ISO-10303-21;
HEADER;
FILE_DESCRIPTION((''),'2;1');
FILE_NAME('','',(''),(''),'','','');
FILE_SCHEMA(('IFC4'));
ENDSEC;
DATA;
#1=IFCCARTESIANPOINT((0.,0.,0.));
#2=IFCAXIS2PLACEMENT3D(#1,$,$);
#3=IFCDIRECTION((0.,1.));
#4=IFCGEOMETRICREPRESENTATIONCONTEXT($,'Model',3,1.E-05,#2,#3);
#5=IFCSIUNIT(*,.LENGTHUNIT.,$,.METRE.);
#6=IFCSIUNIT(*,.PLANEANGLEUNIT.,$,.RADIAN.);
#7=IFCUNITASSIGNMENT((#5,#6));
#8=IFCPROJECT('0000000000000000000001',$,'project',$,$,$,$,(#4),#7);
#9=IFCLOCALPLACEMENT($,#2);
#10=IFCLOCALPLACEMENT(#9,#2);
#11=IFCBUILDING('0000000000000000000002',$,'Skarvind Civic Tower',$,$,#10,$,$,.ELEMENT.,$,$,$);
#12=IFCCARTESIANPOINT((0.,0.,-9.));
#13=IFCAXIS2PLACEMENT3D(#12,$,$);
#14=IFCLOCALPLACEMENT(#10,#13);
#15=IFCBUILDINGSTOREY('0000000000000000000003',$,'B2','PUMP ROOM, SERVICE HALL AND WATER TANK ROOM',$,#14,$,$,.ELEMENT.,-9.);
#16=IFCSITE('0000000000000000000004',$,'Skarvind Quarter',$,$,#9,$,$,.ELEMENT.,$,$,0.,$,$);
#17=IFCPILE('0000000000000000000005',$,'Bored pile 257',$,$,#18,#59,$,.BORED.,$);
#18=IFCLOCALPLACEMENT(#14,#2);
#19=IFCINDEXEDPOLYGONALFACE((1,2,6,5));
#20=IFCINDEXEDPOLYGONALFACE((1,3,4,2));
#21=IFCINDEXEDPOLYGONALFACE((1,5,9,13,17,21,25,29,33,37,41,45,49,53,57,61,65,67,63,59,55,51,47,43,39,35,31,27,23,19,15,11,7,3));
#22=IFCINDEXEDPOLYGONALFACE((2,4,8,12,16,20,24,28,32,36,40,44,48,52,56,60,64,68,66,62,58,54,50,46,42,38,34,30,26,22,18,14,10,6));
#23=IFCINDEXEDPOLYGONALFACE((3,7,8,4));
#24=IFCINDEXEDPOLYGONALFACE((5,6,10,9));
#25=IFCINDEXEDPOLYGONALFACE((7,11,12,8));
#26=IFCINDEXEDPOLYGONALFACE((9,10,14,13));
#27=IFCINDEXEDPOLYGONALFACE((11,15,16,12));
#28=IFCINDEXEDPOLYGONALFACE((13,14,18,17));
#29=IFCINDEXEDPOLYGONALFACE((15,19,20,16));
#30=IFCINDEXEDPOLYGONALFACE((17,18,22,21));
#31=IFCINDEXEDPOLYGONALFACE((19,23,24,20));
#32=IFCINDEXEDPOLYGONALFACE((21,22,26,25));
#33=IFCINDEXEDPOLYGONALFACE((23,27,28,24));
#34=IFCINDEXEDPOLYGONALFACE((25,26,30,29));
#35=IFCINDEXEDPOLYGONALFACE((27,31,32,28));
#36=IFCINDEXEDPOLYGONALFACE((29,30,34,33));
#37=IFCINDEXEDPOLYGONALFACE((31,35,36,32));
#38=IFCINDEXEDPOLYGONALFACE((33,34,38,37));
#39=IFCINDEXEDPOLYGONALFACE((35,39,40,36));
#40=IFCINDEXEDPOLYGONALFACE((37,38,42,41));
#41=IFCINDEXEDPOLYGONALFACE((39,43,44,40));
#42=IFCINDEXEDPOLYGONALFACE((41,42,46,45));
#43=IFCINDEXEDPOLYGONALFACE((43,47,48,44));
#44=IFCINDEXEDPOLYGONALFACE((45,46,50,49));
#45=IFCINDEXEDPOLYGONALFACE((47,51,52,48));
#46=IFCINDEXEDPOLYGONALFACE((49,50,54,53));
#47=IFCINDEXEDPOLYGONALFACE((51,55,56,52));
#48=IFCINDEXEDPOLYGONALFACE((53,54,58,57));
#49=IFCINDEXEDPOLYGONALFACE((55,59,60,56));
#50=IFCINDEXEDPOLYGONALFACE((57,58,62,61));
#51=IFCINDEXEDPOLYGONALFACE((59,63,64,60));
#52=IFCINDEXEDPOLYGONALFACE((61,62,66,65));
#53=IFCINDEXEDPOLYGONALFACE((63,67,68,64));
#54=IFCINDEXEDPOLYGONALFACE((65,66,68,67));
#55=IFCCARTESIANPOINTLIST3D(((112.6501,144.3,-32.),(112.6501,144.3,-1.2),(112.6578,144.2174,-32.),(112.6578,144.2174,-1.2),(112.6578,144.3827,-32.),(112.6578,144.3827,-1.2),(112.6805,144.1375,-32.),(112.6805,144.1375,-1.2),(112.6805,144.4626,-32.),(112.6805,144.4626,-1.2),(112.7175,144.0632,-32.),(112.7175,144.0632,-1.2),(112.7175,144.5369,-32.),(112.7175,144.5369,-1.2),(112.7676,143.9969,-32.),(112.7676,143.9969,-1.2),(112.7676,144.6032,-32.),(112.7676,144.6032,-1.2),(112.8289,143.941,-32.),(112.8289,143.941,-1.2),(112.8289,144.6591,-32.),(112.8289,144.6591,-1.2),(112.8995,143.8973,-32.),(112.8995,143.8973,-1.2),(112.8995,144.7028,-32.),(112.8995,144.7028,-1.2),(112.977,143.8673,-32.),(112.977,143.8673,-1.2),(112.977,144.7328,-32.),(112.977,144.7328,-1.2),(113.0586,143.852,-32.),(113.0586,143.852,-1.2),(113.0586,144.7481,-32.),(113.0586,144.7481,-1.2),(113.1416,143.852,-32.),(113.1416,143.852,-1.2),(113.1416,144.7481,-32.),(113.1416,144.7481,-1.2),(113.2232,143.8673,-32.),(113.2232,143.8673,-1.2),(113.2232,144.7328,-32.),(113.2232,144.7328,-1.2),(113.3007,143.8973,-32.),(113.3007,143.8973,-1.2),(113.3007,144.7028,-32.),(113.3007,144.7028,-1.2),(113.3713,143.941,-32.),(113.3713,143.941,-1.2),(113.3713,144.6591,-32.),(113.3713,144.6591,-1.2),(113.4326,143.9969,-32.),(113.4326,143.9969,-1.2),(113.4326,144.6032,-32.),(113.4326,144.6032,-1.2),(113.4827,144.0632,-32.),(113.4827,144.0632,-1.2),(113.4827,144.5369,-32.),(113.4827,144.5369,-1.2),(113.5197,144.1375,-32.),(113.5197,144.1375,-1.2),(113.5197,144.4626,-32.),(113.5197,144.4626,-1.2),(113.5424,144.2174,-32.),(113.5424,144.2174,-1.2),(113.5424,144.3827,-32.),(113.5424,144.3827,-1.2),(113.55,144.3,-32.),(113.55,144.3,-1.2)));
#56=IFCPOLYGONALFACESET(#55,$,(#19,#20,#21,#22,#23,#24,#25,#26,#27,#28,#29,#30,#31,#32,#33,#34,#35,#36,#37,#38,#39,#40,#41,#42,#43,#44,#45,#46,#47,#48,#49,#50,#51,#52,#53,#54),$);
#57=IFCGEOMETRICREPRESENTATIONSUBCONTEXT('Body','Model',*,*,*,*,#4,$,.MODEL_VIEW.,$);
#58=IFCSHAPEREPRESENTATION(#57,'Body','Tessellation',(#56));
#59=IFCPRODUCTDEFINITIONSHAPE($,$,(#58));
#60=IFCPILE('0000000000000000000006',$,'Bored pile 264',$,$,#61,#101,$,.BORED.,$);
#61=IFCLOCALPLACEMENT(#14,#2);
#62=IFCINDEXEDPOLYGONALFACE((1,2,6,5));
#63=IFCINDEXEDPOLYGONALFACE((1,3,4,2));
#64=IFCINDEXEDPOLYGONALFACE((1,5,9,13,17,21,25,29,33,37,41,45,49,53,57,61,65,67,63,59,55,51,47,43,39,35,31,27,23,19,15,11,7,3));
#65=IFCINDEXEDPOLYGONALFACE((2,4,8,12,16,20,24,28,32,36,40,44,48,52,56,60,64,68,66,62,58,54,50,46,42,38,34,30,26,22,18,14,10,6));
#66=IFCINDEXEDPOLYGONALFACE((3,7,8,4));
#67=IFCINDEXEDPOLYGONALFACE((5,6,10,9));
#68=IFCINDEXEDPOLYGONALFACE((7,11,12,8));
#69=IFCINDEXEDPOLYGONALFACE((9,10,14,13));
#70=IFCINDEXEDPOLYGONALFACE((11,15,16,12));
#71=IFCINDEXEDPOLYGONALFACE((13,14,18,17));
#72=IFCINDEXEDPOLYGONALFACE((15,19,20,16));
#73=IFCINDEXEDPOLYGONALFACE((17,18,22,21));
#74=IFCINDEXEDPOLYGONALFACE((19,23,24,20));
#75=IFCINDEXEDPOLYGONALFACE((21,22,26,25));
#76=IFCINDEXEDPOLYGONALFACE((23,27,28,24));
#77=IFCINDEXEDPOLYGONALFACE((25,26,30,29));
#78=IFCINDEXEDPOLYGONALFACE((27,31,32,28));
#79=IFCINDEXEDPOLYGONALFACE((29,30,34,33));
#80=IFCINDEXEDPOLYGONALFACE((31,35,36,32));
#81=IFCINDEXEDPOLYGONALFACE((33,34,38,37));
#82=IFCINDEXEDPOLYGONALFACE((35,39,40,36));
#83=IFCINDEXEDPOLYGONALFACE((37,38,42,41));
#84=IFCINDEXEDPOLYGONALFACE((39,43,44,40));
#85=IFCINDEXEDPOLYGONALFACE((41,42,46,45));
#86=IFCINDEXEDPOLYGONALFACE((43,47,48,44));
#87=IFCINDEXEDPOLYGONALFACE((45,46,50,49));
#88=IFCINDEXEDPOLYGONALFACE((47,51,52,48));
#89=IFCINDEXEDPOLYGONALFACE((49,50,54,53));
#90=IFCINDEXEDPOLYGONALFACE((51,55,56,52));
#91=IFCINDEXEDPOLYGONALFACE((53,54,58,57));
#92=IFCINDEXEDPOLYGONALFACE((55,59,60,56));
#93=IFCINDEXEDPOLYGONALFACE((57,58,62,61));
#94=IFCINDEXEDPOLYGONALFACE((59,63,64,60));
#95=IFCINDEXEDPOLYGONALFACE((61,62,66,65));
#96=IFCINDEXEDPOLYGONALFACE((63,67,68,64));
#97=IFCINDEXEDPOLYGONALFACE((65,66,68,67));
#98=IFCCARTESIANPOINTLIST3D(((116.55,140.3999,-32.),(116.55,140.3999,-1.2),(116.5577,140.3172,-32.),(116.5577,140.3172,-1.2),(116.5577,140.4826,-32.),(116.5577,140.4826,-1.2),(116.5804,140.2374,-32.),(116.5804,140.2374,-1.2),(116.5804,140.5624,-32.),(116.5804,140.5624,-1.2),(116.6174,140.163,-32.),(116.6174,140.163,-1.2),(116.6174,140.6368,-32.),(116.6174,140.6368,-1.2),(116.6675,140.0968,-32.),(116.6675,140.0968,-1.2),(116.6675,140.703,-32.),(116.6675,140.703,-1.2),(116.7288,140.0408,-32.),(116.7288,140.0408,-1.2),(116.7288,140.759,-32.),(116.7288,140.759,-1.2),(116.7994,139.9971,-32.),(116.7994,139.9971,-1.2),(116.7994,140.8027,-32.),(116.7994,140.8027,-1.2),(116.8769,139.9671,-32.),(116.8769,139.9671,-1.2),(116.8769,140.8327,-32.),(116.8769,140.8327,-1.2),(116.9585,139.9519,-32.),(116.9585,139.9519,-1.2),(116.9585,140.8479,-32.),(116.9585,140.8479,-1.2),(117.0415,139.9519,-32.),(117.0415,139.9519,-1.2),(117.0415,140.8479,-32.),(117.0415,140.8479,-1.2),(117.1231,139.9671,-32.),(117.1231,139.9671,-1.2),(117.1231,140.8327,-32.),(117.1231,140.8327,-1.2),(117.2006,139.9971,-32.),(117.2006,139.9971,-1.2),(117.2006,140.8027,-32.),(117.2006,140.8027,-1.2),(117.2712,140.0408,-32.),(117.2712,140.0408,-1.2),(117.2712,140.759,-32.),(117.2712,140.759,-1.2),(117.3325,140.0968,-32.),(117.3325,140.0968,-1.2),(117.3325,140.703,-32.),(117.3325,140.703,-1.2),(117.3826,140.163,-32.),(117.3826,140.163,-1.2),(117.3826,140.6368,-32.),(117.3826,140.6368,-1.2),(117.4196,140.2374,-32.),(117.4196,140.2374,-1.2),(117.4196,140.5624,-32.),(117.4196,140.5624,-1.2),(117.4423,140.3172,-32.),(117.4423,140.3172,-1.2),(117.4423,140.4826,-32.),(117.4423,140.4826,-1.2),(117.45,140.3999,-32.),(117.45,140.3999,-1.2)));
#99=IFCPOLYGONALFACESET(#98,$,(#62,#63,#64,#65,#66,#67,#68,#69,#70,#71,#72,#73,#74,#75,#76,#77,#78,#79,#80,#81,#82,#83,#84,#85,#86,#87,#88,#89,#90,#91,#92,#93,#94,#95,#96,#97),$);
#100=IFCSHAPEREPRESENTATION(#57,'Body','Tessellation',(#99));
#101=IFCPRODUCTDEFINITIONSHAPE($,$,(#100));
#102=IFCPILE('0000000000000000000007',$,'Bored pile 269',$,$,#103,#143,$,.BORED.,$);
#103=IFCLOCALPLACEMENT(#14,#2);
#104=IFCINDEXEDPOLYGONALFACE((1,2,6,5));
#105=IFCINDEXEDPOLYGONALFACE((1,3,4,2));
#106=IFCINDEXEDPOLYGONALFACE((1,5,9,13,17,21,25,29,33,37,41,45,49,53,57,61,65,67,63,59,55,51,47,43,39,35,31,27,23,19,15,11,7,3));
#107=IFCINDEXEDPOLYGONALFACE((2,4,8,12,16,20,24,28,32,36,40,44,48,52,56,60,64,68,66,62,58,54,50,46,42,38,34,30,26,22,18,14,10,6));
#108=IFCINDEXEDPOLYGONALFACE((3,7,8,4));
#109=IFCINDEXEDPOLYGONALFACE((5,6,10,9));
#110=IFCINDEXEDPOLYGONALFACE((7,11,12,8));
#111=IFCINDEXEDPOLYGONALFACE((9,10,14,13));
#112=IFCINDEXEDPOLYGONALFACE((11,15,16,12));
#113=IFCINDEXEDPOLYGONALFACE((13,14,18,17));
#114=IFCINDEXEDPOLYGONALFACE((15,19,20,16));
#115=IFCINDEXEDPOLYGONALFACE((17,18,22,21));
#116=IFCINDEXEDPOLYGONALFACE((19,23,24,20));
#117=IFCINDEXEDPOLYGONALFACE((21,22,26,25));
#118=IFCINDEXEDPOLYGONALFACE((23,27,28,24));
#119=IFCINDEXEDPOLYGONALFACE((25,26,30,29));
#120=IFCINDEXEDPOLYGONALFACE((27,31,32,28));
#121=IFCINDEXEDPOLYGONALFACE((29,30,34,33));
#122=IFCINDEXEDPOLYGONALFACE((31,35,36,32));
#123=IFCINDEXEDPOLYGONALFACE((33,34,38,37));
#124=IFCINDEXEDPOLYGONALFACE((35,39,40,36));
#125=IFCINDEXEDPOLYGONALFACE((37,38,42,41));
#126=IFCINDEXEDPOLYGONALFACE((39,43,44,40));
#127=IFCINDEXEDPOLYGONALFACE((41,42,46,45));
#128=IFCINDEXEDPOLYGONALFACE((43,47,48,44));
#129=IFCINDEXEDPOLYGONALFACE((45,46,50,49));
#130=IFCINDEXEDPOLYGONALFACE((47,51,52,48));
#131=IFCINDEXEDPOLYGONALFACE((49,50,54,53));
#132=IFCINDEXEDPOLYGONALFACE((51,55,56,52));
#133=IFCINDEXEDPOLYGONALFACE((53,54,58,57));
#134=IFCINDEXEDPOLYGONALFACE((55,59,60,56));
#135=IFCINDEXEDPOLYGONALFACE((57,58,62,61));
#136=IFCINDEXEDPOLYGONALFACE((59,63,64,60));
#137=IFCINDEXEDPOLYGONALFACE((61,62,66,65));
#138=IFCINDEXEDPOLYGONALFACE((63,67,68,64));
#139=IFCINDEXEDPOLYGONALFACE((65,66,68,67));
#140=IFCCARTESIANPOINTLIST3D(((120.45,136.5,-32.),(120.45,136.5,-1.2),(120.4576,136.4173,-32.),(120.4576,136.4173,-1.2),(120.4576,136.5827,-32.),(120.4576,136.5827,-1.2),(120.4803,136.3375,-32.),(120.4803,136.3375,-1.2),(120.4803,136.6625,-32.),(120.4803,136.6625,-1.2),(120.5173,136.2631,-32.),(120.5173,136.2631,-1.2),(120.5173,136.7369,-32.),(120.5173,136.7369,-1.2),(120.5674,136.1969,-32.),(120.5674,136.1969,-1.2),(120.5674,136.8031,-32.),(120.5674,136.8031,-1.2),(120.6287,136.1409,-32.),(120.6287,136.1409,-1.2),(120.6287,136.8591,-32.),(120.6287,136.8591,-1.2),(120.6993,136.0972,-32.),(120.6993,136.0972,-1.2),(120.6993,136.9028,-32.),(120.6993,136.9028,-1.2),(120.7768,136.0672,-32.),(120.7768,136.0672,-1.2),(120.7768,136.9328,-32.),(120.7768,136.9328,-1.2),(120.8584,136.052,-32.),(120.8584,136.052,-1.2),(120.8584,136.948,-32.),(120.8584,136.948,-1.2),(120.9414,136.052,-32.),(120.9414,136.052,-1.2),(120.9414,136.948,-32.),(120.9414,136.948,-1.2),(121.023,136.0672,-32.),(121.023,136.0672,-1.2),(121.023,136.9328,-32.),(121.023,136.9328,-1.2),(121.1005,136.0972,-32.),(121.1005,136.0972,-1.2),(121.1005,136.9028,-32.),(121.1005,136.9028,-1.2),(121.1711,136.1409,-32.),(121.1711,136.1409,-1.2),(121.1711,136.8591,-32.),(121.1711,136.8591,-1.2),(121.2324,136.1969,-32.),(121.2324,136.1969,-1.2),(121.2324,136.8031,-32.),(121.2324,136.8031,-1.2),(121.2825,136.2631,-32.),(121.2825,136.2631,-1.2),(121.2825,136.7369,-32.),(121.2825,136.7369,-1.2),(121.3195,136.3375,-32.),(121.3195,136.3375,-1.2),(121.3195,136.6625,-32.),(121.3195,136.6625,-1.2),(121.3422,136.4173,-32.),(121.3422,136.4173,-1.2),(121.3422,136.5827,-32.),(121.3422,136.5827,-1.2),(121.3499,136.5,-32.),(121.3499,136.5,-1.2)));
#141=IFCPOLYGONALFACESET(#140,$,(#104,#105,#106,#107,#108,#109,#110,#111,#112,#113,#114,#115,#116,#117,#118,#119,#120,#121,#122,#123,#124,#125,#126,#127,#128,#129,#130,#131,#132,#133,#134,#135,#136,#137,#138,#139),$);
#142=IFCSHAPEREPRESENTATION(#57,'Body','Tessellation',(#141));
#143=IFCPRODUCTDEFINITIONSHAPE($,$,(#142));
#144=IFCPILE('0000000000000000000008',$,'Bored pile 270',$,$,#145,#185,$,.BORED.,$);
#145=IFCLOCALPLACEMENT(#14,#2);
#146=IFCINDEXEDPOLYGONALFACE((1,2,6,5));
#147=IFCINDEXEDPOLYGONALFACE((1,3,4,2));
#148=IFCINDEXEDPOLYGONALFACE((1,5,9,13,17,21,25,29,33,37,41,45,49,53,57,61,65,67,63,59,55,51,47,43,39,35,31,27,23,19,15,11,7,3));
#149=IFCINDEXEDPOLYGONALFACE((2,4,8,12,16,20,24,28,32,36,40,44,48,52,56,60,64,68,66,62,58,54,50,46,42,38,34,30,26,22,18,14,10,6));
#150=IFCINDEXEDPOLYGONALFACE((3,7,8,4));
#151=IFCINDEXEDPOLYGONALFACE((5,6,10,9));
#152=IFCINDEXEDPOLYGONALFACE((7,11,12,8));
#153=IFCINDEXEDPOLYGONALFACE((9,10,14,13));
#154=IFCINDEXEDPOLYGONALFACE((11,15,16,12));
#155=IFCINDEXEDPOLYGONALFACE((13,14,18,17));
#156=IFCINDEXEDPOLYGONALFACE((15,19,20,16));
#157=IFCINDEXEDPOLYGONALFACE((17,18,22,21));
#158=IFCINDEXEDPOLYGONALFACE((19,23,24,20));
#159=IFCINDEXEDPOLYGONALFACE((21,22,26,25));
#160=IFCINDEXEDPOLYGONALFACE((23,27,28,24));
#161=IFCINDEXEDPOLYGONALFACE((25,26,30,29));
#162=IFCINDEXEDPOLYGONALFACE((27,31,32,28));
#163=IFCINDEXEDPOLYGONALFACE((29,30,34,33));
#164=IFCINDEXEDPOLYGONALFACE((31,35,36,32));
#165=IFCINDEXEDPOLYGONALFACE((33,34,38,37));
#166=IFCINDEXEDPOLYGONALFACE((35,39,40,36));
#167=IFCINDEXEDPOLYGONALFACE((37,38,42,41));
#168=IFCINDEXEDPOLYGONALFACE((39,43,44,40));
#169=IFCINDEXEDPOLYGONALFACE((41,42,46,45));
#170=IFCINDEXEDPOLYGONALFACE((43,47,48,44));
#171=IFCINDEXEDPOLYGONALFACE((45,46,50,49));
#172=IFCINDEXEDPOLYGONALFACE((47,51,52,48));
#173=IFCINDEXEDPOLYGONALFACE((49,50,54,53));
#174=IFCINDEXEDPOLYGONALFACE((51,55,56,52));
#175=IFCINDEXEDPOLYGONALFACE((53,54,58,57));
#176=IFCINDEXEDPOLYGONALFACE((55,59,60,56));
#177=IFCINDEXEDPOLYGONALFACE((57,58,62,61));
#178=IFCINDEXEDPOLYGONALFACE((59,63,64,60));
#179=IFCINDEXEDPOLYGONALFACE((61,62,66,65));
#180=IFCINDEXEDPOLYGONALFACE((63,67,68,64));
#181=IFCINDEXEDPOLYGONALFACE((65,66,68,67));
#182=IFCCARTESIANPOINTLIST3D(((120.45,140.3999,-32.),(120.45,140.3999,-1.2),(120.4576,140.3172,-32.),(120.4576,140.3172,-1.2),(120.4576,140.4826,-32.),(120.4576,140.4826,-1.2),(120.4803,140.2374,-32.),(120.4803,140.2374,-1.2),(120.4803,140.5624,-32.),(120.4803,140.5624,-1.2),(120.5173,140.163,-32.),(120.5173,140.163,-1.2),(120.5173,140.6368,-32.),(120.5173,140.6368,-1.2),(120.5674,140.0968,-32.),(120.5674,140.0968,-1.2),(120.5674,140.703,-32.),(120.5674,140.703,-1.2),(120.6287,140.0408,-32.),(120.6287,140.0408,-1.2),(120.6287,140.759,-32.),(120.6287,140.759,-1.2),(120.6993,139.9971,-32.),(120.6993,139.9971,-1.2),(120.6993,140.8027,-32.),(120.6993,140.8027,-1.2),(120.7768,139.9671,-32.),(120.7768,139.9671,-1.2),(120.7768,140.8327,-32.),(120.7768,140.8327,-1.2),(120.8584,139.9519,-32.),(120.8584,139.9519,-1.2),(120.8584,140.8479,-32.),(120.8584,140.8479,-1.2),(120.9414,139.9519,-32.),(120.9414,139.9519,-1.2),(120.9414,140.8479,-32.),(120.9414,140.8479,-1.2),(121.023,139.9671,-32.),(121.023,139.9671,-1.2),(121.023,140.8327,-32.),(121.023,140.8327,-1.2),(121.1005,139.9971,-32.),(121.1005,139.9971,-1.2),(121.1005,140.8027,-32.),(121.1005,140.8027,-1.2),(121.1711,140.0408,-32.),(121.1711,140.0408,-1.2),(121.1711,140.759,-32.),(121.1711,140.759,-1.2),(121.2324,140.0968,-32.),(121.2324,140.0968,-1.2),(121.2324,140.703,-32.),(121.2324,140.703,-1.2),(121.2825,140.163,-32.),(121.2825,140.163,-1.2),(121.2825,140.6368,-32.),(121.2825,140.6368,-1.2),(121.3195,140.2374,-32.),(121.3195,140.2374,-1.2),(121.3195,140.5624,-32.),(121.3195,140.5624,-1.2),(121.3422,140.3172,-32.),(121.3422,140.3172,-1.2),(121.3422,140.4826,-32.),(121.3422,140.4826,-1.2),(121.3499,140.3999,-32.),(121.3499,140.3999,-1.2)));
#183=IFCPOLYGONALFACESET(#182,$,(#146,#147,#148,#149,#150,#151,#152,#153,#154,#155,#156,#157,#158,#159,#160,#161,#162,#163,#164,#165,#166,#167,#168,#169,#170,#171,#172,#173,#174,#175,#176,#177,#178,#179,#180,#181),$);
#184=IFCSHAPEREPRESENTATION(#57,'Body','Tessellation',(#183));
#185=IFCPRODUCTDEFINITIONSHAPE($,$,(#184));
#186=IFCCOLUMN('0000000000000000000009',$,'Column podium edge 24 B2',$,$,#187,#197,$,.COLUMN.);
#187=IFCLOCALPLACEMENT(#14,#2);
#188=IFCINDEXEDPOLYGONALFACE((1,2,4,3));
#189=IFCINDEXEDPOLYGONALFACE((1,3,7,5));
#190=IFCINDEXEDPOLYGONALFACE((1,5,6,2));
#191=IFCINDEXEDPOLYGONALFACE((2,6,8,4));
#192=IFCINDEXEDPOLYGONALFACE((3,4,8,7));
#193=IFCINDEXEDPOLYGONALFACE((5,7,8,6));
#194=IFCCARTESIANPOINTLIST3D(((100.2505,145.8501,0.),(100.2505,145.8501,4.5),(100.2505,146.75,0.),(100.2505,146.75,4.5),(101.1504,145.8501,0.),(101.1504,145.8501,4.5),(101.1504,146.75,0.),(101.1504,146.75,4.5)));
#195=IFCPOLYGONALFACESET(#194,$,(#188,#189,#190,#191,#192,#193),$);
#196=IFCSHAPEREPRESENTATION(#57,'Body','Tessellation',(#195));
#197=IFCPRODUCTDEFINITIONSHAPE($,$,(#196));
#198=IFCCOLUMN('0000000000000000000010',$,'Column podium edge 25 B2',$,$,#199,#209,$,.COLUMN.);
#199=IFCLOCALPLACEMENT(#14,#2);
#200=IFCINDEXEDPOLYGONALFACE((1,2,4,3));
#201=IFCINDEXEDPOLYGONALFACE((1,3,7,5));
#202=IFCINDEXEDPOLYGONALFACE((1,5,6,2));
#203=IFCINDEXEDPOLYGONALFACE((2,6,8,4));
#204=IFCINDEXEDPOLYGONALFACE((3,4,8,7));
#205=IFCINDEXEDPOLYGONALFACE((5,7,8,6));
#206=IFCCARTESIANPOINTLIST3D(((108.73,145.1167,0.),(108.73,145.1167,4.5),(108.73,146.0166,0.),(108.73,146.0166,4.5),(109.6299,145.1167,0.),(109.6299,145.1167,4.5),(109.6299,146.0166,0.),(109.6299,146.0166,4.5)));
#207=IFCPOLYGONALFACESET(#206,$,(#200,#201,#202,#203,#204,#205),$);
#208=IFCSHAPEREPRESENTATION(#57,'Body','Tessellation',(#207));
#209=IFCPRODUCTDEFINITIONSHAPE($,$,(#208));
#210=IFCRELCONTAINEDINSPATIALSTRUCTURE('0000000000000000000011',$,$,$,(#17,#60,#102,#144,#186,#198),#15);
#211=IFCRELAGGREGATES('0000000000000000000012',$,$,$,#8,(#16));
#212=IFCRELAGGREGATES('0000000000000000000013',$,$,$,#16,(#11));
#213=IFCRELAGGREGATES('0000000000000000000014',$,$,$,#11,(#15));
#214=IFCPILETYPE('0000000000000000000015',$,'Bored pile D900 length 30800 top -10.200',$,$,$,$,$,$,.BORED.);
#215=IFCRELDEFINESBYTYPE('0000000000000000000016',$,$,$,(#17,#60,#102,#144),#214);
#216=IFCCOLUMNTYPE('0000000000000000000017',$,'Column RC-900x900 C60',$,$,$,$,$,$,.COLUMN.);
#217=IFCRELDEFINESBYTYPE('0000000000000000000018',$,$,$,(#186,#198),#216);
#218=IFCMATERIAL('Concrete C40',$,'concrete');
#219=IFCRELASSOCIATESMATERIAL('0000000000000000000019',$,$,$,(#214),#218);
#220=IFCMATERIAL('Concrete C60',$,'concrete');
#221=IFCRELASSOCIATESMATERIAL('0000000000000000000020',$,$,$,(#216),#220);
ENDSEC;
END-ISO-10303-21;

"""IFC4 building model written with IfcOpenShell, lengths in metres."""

from ifc_helpers import new_model, si_unit, direction, frame, origin, origin_2d, place, context, subcontext, project, spatial, rectangle, circle, extrude, material, material_profile, profile_set, type_object, element, save


model = new_model("IFC4")

# Units and contexts
model_context = context("Model", 3, precision=1e-05, world=origin(), true_north=direction((0.0, 1.0)))
body_context = subcontext(model_context, "Body", "Model", "MODEL_VIEW")
ifc_project = project(units=[si_unit("LENGTHUNIT", "METRE"), si_unit("PLANEANGLEUNIT", "RADIAN")], contexts=[model_context])

# Site, building, storey
site_placement = place(None, origin())
site = spatial("IfcSite", under=ifc_project, at=site_placement, Name="Skarvind Quarter", CompositionType="ELEMENT", RefElevation=0.0)
building_placement = place(site_placement, origin())
building = spatial("IfcBuilding", under=site, at=building_placement, Name="Skarvind Civic Tower", CompositionType="ELEMENT")
storey_placement = place(building_placement, frame((0.0, 0.0, -9.0)))
storey = spatial("IfcBuildingStorey", under=building, at=storey_placement, Name="B2", Description="PUMP ROOM, SERVICE HALL AND WATER TANK ROOM", CompositionType="ELEMENT", Elevation=-9.0)

# Piles
ifc_material_1 = material(Name="Concrete C40", Category="concrete")
pile_type = type_object("IfcPileType", Name="Bored pile D900 length 30800 top -10.200", PredefinedType="BORED", material=ifc_material_1)
for number, where, z_axis, x_axis, name in (
    (1, (113.1001, 144.3, -1.2), (0.0, 0.0, -1.0), (1.0, 0.0, 0.0), "Bored pile 257"),
    (2, (117.0, 140.3999, -1.2), (0.0, 0.0, -1.0), (1.0, 0.0, 0.0), "Bored pile 264"),
    (3, (120.8999, 136.5, -1.2), (0.0, 0.0, -1.0), (1.0, 0.0, 0.0), "Bored pile 269"),
    (4, (120.8999, 140.3999, -1.2), (0.0, 0.0, -1.0), (1.0, 0.0, 0.0), "Bored pile 270"),
):
    element("IfcPile", number, at=place(storey_placement, frame(where, z_axis=z_axis, x_axis=x_axis)), inside=storey, type_object=pile_type, Name=name, PredefinedType="BORED", context=body_context, shape_type="SweptSolid", body=[
        extrude(circle(Radius=0.45, at=origin_2d()), origin(), (0.0, 0.0, 1.0), 30.8),
    ])

# Columns
ifc_material_2 = material(Name="Concrete C60", Category="concrete")
ifc_material_profile = material_profile(ifc_material_2, rectangle(XDim=0.8999, YDim=0.8999, at=origin_2d()), Name="RC-900x900")
ifc_profile_set = profile_set([ifc_material_profile], Name="Concrete C60")
column_type = type_object("IfcColumnType", Name="Column RC-900x900 C60", PredefinedType="COLUMN", material=ifc_profile_set)
for number, where, z_axis, x_axis, name in (
    (5, (100.7004, 146.3, 0.0), (0.0, 0.0, 1.0), (1.0, 0.0, 0.0), "Column podium edge 24 B2"),
    (6, (109.1799, 145.5667, 0.0), (0.0, 0.0, 1.0), (1.0, 0.0, 0.0), "Column podium edge 25 B2"),
):
    element("IfcColumn", number, at=place(storey_placement, frame(where, z_axis=z_axis, x_axis=x_axis)), inside=storey, type_object=column_type, Name=name, PredefinedType="COLUMN", context=body_context, shape_type="SweptSolid", body=[
        extrude(rectangle(XDim=0.8999, YDim=0.8999, at=origin_2d()), origin(), (0.0, 0.0, 1.0), 4.5),
    ])

save(model, "model.ifc")
